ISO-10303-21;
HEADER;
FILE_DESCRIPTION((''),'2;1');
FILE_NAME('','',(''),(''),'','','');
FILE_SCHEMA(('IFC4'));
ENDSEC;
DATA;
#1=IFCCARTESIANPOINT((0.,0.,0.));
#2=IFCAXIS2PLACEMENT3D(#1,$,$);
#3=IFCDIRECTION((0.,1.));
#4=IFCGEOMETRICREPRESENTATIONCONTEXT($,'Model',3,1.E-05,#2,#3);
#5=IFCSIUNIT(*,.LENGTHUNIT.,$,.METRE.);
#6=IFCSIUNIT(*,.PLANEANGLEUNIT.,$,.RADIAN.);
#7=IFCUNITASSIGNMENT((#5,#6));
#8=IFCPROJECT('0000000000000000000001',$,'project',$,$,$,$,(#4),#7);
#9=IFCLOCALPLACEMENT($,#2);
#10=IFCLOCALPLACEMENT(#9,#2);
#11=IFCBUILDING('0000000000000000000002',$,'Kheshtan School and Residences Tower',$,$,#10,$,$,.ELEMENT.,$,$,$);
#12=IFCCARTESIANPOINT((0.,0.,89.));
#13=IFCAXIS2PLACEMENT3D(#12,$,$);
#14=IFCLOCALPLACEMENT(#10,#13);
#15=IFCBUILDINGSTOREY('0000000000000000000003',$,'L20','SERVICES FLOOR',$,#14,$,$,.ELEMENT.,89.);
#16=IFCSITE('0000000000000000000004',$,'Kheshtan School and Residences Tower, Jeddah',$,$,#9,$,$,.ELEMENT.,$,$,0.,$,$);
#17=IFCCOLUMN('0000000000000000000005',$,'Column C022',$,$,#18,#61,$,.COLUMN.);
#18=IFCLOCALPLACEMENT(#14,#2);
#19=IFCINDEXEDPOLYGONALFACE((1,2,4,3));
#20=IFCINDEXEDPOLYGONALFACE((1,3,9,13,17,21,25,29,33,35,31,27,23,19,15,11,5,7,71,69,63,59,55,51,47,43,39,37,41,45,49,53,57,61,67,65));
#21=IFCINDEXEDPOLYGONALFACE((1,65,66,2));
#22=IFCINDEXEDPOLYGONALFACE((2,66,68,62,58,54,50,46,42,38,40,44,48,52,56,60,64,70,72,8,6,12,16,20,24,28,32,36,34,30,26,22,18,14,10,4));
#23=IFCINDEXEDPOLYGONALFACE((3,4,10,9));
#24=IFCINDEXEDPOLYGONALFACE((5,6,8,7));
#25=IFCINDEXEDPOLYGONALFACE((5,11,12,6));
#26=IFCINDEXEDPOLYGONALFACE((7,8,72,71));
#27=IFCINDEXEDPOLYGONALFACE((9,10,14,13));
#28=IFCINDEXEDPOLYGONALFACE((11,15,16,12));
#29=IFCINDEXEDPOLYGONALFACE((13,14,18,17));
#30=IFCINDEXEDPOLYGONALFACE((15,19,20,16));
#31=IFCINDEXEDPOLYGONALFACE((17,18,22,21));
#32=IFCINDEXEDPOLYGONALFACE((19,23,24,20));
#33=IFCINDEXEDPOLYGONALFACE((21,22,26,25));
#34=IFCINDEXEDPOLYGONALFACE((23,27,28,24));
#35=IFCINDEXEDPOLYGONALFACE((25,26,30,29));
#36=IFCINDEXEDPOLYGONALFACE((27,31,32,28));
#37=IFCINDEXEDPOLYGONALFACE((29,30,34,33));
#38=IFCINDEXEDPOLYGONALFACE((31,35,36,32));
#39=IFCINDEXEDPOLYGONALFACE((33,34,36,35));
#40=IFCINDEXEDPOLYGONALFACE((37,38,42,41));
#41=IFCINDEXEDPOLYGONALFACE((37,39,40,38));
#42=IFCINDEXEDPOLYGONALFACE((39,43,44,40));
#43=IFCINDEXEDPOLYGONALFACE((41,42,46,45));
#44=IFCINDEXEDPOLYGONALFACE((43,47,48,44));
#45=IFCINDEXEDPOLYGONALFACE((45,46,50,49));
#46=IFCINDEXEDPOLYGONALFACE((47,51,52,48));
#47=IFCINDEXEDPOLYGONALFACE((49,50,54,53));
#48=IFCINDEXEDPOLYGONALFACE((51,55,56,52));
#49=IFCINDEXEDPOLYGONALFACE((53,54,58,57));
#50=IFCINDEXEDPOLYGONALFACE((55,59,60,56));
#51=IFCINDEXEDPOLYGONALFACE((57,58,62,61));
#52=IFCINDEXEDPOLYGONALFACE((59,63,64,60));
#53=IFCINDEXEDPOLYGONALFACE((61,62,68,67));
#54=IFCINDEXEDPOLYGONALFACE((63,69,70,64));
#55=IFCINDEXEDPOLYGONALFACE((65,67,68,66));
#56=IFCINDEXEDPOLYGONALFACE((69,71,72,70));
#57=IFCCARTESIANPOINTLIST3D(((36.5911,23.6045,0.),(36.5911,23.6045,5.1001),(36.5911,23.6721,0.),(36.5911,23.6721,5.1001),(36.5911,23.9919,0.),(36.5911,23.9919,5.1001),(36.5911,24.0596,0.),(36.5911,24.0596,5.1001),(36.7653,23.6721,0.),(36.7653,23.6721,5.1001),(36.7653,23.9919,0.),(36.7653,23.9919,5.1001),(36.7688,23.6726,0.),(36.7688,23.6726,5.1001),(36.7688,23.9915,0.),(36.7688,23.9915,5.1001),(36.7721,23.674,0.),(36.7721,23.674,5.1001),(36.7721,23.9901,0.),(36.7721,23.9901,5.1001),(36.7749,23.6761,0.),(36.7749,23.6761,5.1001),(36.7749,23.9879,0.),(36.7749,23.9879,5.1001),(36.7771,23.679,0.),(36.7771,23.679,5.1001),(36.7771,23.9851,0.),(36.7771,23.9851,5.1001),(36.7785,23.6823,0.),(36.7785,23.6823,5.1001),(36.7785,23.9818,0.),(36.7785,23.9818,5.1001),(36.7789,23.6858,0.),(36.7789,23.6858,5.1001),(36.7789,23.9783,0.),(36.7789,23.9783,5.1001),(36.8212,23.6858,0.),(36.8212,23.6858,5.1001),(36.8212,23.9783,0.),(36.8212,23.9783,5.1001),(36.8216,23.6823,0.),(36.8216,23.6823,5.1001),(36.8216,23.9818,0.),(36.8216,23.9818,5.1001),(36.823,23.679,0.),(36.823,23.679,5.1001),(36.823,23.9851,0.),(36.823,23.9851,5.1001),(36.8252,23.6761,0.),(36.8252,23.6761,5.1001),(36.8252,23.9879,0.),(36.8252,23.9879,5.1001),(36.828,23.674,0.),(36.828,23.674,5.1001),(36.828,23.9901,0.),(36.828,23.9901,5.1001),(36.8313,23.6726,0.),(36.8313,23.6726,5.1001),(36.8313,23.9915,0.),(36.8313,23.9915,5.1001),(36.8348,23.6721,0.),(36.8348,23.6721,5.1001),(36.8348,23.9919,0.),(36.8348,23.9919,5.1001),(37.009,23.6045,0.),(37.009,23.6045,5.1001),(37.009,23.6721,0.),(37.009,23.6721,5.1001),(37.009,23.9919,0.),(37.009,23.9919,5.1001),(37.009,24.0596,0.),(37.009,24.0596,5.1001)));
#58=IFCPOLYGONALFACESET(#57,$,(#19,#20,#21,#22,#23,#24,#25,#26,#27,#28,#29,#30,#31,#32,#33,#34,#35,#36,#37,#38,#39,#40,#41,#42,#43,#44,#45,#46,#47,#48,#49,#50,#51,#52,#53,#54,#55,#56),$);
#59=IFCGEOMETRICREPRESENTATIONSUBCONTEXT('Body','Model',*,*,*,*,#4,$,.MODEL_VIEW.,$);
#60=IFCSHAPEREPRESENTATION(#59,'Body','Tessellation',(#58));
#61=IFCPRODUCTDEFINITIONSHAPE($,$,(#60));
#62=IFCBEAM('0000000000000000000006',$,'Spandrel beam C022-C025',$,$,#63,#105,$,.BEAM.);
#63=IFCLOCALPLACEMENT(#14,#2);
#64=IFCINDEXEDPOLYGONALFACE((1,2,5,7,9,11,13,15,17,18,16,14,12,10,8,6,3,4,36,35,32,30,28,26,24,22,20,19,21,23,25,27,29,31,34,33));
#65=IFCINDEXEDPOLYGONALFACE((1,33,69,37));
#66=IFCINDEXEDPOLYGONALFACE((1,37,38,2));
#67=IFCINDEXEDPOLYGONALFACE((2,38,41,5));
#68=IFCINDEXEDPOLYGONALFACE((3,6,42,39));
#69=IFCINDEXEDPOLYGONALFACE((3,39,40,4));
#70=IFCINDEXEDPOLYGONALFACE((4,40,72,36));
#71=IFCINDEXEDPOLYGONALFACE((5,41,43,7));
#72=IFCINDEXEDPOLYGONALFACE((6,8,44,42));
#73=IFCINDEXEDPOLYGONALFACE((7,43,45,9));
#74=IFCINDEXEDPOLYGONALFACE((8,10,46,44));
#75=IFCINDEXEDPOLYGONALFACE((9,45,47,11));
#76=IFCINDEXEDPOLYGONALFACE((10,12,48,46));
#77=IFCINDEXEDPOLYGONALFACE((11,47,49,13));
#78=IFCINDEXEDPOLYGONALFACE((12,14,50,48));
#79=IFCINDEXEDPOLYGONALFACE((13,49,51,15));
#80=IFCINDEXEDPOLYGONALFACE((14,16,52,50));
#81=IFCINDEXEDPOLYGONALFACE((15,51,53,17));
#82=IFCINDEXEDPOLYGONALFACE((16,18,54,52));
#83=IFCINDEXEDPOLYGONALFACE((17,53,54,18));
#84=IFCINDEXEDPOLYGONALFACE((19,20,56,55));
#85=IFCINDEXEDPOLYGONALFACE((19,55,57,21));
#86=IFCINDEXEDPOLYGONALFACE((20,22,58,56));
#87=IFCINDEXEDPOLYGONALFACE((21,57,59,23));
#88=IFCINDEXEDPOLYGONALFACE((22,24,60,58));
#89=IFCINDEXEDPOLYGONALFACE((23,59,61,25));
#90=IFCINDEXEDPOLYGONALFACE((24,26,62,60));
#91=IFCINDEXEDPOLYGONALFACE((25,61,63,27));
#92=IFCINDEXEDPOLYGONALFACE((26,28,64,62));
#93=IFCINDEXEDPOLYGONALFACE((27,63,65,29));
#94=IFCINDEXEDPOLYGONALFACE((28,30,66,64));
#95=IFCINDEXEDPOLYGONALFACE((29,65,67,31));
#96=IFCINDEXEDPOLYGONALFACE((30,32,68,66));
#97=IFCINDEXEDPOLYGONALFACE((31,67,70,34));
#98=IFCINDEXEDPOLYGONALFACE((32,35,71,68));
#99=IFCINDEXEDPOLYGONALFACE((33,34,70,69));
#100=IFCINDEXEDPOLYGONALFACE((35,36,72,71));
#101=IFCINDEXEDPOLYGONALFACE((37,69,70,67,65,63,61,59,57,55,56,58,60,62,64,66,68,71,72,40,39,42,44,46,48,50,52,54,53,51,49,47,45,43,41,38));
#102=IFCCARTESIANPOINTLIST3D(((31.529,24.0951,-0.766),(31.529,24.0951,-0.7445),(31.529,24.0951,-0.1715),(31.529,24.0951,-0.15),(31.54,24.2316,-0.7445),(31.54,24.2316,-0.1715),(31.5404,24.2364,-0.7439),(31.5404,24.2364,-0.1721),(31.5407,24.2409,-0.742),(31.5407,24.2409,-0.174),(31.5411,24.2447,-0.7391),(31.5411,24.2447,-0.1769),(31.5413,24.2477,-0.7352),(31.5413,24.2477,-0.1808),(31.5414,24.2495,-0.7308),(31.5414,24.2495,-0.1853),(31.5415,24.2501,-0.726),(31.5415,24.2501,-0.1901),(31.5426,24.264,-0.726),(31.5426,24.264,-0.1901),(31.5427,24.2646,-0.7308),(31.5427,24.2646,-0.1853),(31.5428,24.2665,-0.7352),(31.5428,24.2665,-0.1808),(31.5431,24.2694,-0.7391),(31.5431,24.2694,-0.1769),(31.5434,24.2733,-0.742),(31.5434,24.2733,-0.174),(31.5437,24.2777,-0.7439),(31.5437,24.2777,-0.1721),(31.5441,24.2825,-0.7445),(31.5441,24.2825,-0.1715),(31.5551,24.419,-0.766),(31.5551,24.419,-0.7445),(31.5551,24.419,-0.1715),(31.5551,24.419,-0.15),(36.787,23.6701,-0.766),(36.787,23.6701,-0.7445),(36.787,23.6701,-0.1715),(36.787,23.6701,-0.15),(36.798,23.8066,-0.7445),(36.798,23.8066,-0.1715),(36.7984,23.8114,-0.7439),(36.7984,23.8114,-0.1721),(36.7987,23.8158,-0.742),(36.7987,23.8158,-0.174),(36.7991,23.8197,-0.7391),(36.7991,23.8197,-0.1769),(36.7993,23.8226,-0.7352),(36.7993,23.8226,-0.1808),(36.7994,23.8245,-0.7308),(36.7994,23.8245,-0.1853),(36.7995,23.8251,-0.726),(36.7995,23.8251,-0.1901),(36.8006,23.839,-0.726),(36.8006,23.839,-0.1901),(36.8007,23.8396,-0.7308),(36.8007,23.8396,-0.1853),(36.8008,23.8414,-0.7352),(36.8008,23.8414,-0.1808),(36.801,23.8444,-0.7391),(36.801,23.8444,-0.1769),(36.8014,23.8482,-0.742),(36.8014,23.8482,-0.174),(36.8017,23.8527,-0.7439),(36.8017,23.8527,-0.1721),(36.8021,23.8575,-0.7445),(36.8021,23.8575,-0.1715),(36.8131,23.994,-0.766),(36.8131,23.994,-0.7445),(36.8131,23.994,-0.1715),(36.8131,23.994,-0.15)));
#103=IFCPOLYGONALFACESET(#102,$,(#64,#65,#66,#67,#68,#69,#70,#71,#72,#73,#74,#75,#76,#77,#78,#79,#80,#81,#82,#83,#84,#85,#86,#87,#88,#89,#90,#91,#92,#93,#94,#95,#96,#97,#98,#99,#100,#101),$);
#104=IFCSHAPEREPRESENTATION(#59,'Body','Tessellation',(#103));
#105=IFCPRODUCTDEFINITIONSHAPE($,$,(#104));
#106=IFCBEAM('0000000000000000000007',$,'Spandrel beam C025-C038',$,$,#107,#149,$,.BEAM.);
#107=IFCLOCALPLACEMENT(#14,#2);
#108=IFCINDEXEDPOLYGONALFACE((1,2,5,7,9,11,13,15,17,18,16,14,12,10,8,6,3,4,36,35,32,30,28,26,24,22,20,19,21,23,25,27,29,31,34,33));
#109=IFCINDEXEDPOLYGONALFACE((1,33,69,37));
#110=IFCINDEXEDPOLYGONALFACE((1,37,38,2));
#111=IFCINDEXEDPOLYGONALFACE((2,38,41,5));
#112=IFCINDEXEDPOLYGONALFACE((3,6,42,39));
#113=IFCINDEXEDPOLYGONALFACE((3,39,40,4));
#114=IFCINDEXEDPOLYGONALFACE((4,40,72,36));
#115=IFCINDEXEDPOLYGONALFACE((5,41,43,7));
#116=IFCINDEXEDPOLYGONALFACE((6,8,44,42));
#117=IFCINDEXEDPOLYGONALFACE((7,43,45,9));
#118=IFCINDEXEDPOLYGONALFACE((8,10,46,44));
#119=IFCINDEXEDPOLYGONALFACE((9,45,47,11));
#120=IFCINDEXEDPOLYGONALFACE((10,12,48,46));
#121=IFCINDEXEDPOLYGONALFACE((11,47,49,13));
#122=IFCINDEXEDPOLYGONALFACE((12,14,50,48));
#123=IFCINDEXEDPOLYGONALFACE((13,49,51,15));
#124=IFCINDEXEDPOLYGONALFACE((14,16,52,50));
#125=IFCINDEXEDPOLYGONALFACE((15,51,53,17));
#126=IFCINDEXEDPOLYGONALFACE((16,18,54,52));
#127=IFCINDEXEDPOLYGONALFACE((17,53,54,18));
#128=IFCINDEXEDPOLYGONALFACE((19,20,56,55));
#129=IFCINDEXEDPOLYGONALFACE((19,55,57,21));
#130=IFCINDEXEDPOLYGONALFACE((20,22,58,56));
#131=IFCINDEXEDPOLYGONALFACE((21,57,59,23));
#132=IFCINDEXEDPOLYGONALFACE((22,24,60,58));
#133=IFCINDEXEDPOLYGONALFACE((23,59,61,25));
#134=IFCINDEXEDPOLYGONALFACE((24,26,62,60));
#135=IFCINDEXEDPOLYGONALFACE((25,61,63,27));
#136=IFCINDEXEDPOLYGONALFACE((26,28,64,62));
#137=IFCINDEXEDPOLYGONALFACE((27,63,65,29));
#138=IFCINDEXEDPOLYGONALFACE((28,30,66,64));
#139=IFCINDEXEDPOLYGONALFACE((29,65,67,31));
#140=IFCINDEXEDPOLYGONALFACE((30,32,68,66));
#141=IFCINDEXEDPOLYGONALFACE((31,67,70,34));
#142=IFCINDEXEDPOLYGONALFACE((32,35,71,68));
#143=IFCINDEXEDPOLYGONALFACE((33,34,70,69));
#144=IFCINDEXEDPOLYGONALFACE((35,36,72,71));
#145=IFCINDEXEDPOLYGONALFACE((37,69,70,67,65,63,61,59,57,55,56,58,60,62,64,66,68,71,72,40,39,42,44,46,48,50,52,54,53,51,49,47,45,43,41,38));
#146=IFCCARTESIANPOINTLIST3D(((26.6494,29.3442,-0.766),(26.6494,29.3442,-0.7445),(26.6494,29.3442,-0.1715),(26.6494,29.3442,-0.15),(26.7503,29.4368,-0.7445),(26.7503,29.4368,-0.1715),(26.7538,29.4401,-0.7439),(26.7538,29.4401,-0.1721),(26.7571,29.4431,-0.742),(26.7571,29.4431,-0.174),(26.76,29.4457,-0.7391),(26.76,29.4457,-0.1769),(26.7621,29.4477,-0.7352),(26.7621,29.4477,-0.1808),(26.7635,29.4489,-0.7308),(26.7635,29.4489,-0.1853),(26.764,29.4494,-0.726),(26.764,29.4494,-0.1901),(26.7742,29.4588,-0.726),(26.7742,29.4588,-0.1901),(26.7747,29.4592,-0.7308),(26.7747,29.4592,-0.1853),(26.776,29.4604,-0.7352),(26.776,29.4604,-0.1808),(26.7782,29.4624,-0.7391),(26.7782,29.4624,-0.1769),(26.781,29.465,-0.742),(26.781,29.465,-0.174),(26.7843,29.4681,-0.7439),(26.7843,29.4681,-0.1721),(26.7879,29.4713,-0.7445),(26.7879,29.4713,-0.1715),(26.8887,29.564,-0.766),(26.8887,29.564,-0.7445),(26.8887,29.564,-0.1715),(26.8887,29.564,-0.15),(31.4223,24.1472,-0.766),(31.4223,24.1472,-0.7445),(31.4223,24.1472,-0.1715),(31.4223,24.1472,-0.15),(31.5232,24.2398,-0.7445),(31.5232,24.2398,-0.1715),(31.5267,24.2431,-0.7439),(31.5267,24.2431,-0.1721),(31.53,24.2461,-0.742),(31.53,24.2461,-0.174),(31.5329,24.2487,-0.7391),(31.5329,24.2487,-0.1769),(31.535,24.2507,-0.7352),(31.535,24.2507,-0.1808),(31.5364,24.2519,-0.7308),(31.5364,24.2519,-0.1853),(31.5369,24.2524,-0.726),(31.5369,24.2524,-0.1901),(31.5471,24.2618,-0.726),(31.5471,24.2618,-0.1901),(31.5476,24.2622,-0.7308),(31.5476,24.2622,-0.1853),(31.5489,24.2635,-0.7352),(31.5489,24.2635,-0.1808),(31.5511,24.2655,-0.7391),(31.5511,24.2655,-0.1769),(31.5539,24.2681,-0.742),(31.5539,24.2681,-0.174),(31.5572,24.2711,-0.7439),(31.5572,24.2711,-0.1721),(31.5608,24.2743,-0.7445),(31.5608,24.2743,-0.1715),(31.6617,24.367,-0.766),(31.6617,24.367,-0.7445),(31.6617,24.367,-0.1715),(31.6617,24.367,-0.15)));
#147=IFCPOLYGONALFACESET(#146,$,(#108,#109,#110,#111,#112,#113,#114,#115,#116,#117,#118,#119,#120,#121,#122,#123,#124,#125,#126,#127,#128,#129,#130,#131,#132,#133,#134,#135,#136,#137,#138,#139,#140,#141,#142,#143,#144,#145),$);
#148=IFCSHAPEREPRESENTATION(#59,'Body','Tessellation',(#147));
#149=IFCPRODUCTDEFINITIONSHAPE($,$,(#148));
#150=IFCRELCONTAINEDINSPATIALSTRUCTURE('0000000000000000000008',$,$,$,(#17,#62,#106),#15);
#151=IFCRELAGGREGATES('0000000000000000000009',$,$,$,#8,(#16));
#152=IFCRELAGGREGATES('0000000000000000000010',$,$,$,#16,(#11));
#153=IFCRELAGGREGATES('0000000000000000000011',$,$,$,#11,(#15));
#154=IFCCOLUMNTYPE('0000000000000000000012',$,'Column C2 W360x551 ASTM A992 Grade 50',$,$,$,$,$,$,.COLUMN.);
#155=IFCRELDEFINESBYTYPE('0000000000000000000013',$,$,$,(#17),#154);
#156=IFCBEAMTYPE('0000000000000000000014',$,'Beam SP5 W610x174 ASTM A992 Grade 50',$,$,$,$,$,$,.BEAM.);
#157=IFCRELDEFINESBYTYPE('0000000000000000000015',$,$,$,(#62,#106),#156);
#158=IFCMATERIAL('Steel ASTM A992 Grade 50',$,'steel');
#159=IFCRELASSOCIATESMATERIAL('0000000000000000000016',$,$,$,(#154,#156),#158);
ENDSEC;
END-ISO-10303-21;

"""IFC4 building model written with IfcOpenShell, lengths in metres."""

from ifc_helpers import new_model, si_unit, direction, frame, origin, origin_2d, place, context, subcontext, project, spatial, i_section, extrude, material, material_profile, profile_set, type_object, element, save


model = new_model("IFC4")

# Units and contexts
model_context = context("Model", 3, precision=1e-05, world=origin(), true_north=direction((0.0, 1.0)))
body_context = subcontext(model_context, "Body", "Model", "MODEL_VIEW")
ifc_project = project(units=[si_unit("LENGTHUNIT", "METRE"), si_unit("PLANEANGLEUNIT", "RADIAN")], contexts=[model_context])

# Site, building, storey
site_placement = place(None, origin())
site = spatial("IfcSite", under=ifc_project, at=site_placement, Name="Kheshtan School and Residences Tower, Jeddah", CompositionType="ELEMENT", RefElevation=0.0)
building_placement = place(site_placement, origin())
building = spatial("IfcBuilding", under=site, at=building_placement, Name="Kheshtan School and Residences Tower", CompositionType="ELEMENT")
storey_placement = place(building_placement, frame((0.0, 0.0, 89.0)))
storey = spatial("IfcBuildingStorey", under=building, at=storey_placement, Name="L20", Description="SERVICES FLOOR", CompositionType="ELEMENT", Elevation=89.0)

# Column
ifc_material_1 = material(Name="Steel ASTM A992 Grade 50", Category="steel")
ifc_material_profile_1 = material_profile(ifc_material_1, i_section(OverallWidth=0.418, OverallDepth=0.4551, WebThickness=0.0422, FlangeThickness=0.0676, FilletRadius=0.0137, at=origin_2d()), Name="W360x551")
ifc_profile_set_1 = profile_set([ifc_material_profile_1], Name="Steel ASTM A992 Grade 50")
column_type = type_object("IfcColumnType", Name="Column C2 W360x551 ASTM A992 Grade 50", PredefinedType="COLUMN", material=ifc_profile_set_1)
column_placement = place(storey_placement, frame((36.8, 23.832, 0.0), z_axis=(0.0, 0.0, 1.0), x_axis=(1.0, 0.0, 0.0)))
element("IfcColumn", 1, at=column_placement, inside=storey, type_object=column_type, Name="Column C022", PredefinedType="COLUMN", context=body_context, shape_type="SweptSolid", body=[
    extrude(i_section(OverallWidth=0.418, OverallDepth=0.4551, WebThickness=0.0422, FlangeThickness=0.0676, FilletRadius=0.0137, at=origin_2d()), origin(), (0.0, 0.0, 1.0), 5.1001),
])

# Beams
ifc_material_profile_2 = material_profile(ifc_material_1, i_section(OverallWidth=0.325, OverallDepth=0.616, WebThickness=0.0139, FlangeThickness=0.0215, FilletRadius=0.0186, at=origin_2d()), Name="W610x174")
ifc_profile_set_2 = profile_set([ifc_material_profile_2], Name="Steel ASTM A992 Grade 50")
beam_type = type_object("IfcBeamType", Name="Beam SP5 W610x174 ASTM A992 Grade 50", PredefinedType="BEAM", material=ifc_profile_set_2)
beam_1_placement = place(storey_placement, frame((36.8, 23.832, -0.458), z_axis=(-0.996749, 0.080575, 0.0), x_axis=(-0.080575, -0.996749, 0.0)))
element("IfcBeam", 2, at=beam_1_placement, inside=storey, type_object=beam_type, Name="Spandrel beam C022-C025", PredefinedType="BEAM", context=body_context, shape_type="SweptSolid", body=[
    extrude(i_section(OverallWidth=0.325, OverallDepth=0.616, WebThickness=0.0139, FlangeThickness=0.0215, FilletRadius=0.0186, at=origin_2d()), origin(), (0.0, 0.0, 1.0), 5.2751),
])
beam_2_placement = place(storey_placement, frame((31.542, 24.2571, -0.458), z_axis=(-0.676418, 0.736518, 0.0), x_axis=(-0.736518, -0.676418, 0.0)))
element("IfcBeam", 3, at=beam_2_placement, inside=storey, type_object=beam_type, Name="Spandrel beam C025-C038", PredefinedType="BEAM", context=body_context, shape_type="SweptSolid", body=[
    extrude(i_section(OverallWidth=0.325, OverallDepth=0.616, WebThickness=0.0139, FlangeThickness=0.0215, FilletRadius=0.0186, at=origin_2d()), origin(), (0.0, 0.0, 1.0), 7.0562),
])

save(model, "model.ifc")
